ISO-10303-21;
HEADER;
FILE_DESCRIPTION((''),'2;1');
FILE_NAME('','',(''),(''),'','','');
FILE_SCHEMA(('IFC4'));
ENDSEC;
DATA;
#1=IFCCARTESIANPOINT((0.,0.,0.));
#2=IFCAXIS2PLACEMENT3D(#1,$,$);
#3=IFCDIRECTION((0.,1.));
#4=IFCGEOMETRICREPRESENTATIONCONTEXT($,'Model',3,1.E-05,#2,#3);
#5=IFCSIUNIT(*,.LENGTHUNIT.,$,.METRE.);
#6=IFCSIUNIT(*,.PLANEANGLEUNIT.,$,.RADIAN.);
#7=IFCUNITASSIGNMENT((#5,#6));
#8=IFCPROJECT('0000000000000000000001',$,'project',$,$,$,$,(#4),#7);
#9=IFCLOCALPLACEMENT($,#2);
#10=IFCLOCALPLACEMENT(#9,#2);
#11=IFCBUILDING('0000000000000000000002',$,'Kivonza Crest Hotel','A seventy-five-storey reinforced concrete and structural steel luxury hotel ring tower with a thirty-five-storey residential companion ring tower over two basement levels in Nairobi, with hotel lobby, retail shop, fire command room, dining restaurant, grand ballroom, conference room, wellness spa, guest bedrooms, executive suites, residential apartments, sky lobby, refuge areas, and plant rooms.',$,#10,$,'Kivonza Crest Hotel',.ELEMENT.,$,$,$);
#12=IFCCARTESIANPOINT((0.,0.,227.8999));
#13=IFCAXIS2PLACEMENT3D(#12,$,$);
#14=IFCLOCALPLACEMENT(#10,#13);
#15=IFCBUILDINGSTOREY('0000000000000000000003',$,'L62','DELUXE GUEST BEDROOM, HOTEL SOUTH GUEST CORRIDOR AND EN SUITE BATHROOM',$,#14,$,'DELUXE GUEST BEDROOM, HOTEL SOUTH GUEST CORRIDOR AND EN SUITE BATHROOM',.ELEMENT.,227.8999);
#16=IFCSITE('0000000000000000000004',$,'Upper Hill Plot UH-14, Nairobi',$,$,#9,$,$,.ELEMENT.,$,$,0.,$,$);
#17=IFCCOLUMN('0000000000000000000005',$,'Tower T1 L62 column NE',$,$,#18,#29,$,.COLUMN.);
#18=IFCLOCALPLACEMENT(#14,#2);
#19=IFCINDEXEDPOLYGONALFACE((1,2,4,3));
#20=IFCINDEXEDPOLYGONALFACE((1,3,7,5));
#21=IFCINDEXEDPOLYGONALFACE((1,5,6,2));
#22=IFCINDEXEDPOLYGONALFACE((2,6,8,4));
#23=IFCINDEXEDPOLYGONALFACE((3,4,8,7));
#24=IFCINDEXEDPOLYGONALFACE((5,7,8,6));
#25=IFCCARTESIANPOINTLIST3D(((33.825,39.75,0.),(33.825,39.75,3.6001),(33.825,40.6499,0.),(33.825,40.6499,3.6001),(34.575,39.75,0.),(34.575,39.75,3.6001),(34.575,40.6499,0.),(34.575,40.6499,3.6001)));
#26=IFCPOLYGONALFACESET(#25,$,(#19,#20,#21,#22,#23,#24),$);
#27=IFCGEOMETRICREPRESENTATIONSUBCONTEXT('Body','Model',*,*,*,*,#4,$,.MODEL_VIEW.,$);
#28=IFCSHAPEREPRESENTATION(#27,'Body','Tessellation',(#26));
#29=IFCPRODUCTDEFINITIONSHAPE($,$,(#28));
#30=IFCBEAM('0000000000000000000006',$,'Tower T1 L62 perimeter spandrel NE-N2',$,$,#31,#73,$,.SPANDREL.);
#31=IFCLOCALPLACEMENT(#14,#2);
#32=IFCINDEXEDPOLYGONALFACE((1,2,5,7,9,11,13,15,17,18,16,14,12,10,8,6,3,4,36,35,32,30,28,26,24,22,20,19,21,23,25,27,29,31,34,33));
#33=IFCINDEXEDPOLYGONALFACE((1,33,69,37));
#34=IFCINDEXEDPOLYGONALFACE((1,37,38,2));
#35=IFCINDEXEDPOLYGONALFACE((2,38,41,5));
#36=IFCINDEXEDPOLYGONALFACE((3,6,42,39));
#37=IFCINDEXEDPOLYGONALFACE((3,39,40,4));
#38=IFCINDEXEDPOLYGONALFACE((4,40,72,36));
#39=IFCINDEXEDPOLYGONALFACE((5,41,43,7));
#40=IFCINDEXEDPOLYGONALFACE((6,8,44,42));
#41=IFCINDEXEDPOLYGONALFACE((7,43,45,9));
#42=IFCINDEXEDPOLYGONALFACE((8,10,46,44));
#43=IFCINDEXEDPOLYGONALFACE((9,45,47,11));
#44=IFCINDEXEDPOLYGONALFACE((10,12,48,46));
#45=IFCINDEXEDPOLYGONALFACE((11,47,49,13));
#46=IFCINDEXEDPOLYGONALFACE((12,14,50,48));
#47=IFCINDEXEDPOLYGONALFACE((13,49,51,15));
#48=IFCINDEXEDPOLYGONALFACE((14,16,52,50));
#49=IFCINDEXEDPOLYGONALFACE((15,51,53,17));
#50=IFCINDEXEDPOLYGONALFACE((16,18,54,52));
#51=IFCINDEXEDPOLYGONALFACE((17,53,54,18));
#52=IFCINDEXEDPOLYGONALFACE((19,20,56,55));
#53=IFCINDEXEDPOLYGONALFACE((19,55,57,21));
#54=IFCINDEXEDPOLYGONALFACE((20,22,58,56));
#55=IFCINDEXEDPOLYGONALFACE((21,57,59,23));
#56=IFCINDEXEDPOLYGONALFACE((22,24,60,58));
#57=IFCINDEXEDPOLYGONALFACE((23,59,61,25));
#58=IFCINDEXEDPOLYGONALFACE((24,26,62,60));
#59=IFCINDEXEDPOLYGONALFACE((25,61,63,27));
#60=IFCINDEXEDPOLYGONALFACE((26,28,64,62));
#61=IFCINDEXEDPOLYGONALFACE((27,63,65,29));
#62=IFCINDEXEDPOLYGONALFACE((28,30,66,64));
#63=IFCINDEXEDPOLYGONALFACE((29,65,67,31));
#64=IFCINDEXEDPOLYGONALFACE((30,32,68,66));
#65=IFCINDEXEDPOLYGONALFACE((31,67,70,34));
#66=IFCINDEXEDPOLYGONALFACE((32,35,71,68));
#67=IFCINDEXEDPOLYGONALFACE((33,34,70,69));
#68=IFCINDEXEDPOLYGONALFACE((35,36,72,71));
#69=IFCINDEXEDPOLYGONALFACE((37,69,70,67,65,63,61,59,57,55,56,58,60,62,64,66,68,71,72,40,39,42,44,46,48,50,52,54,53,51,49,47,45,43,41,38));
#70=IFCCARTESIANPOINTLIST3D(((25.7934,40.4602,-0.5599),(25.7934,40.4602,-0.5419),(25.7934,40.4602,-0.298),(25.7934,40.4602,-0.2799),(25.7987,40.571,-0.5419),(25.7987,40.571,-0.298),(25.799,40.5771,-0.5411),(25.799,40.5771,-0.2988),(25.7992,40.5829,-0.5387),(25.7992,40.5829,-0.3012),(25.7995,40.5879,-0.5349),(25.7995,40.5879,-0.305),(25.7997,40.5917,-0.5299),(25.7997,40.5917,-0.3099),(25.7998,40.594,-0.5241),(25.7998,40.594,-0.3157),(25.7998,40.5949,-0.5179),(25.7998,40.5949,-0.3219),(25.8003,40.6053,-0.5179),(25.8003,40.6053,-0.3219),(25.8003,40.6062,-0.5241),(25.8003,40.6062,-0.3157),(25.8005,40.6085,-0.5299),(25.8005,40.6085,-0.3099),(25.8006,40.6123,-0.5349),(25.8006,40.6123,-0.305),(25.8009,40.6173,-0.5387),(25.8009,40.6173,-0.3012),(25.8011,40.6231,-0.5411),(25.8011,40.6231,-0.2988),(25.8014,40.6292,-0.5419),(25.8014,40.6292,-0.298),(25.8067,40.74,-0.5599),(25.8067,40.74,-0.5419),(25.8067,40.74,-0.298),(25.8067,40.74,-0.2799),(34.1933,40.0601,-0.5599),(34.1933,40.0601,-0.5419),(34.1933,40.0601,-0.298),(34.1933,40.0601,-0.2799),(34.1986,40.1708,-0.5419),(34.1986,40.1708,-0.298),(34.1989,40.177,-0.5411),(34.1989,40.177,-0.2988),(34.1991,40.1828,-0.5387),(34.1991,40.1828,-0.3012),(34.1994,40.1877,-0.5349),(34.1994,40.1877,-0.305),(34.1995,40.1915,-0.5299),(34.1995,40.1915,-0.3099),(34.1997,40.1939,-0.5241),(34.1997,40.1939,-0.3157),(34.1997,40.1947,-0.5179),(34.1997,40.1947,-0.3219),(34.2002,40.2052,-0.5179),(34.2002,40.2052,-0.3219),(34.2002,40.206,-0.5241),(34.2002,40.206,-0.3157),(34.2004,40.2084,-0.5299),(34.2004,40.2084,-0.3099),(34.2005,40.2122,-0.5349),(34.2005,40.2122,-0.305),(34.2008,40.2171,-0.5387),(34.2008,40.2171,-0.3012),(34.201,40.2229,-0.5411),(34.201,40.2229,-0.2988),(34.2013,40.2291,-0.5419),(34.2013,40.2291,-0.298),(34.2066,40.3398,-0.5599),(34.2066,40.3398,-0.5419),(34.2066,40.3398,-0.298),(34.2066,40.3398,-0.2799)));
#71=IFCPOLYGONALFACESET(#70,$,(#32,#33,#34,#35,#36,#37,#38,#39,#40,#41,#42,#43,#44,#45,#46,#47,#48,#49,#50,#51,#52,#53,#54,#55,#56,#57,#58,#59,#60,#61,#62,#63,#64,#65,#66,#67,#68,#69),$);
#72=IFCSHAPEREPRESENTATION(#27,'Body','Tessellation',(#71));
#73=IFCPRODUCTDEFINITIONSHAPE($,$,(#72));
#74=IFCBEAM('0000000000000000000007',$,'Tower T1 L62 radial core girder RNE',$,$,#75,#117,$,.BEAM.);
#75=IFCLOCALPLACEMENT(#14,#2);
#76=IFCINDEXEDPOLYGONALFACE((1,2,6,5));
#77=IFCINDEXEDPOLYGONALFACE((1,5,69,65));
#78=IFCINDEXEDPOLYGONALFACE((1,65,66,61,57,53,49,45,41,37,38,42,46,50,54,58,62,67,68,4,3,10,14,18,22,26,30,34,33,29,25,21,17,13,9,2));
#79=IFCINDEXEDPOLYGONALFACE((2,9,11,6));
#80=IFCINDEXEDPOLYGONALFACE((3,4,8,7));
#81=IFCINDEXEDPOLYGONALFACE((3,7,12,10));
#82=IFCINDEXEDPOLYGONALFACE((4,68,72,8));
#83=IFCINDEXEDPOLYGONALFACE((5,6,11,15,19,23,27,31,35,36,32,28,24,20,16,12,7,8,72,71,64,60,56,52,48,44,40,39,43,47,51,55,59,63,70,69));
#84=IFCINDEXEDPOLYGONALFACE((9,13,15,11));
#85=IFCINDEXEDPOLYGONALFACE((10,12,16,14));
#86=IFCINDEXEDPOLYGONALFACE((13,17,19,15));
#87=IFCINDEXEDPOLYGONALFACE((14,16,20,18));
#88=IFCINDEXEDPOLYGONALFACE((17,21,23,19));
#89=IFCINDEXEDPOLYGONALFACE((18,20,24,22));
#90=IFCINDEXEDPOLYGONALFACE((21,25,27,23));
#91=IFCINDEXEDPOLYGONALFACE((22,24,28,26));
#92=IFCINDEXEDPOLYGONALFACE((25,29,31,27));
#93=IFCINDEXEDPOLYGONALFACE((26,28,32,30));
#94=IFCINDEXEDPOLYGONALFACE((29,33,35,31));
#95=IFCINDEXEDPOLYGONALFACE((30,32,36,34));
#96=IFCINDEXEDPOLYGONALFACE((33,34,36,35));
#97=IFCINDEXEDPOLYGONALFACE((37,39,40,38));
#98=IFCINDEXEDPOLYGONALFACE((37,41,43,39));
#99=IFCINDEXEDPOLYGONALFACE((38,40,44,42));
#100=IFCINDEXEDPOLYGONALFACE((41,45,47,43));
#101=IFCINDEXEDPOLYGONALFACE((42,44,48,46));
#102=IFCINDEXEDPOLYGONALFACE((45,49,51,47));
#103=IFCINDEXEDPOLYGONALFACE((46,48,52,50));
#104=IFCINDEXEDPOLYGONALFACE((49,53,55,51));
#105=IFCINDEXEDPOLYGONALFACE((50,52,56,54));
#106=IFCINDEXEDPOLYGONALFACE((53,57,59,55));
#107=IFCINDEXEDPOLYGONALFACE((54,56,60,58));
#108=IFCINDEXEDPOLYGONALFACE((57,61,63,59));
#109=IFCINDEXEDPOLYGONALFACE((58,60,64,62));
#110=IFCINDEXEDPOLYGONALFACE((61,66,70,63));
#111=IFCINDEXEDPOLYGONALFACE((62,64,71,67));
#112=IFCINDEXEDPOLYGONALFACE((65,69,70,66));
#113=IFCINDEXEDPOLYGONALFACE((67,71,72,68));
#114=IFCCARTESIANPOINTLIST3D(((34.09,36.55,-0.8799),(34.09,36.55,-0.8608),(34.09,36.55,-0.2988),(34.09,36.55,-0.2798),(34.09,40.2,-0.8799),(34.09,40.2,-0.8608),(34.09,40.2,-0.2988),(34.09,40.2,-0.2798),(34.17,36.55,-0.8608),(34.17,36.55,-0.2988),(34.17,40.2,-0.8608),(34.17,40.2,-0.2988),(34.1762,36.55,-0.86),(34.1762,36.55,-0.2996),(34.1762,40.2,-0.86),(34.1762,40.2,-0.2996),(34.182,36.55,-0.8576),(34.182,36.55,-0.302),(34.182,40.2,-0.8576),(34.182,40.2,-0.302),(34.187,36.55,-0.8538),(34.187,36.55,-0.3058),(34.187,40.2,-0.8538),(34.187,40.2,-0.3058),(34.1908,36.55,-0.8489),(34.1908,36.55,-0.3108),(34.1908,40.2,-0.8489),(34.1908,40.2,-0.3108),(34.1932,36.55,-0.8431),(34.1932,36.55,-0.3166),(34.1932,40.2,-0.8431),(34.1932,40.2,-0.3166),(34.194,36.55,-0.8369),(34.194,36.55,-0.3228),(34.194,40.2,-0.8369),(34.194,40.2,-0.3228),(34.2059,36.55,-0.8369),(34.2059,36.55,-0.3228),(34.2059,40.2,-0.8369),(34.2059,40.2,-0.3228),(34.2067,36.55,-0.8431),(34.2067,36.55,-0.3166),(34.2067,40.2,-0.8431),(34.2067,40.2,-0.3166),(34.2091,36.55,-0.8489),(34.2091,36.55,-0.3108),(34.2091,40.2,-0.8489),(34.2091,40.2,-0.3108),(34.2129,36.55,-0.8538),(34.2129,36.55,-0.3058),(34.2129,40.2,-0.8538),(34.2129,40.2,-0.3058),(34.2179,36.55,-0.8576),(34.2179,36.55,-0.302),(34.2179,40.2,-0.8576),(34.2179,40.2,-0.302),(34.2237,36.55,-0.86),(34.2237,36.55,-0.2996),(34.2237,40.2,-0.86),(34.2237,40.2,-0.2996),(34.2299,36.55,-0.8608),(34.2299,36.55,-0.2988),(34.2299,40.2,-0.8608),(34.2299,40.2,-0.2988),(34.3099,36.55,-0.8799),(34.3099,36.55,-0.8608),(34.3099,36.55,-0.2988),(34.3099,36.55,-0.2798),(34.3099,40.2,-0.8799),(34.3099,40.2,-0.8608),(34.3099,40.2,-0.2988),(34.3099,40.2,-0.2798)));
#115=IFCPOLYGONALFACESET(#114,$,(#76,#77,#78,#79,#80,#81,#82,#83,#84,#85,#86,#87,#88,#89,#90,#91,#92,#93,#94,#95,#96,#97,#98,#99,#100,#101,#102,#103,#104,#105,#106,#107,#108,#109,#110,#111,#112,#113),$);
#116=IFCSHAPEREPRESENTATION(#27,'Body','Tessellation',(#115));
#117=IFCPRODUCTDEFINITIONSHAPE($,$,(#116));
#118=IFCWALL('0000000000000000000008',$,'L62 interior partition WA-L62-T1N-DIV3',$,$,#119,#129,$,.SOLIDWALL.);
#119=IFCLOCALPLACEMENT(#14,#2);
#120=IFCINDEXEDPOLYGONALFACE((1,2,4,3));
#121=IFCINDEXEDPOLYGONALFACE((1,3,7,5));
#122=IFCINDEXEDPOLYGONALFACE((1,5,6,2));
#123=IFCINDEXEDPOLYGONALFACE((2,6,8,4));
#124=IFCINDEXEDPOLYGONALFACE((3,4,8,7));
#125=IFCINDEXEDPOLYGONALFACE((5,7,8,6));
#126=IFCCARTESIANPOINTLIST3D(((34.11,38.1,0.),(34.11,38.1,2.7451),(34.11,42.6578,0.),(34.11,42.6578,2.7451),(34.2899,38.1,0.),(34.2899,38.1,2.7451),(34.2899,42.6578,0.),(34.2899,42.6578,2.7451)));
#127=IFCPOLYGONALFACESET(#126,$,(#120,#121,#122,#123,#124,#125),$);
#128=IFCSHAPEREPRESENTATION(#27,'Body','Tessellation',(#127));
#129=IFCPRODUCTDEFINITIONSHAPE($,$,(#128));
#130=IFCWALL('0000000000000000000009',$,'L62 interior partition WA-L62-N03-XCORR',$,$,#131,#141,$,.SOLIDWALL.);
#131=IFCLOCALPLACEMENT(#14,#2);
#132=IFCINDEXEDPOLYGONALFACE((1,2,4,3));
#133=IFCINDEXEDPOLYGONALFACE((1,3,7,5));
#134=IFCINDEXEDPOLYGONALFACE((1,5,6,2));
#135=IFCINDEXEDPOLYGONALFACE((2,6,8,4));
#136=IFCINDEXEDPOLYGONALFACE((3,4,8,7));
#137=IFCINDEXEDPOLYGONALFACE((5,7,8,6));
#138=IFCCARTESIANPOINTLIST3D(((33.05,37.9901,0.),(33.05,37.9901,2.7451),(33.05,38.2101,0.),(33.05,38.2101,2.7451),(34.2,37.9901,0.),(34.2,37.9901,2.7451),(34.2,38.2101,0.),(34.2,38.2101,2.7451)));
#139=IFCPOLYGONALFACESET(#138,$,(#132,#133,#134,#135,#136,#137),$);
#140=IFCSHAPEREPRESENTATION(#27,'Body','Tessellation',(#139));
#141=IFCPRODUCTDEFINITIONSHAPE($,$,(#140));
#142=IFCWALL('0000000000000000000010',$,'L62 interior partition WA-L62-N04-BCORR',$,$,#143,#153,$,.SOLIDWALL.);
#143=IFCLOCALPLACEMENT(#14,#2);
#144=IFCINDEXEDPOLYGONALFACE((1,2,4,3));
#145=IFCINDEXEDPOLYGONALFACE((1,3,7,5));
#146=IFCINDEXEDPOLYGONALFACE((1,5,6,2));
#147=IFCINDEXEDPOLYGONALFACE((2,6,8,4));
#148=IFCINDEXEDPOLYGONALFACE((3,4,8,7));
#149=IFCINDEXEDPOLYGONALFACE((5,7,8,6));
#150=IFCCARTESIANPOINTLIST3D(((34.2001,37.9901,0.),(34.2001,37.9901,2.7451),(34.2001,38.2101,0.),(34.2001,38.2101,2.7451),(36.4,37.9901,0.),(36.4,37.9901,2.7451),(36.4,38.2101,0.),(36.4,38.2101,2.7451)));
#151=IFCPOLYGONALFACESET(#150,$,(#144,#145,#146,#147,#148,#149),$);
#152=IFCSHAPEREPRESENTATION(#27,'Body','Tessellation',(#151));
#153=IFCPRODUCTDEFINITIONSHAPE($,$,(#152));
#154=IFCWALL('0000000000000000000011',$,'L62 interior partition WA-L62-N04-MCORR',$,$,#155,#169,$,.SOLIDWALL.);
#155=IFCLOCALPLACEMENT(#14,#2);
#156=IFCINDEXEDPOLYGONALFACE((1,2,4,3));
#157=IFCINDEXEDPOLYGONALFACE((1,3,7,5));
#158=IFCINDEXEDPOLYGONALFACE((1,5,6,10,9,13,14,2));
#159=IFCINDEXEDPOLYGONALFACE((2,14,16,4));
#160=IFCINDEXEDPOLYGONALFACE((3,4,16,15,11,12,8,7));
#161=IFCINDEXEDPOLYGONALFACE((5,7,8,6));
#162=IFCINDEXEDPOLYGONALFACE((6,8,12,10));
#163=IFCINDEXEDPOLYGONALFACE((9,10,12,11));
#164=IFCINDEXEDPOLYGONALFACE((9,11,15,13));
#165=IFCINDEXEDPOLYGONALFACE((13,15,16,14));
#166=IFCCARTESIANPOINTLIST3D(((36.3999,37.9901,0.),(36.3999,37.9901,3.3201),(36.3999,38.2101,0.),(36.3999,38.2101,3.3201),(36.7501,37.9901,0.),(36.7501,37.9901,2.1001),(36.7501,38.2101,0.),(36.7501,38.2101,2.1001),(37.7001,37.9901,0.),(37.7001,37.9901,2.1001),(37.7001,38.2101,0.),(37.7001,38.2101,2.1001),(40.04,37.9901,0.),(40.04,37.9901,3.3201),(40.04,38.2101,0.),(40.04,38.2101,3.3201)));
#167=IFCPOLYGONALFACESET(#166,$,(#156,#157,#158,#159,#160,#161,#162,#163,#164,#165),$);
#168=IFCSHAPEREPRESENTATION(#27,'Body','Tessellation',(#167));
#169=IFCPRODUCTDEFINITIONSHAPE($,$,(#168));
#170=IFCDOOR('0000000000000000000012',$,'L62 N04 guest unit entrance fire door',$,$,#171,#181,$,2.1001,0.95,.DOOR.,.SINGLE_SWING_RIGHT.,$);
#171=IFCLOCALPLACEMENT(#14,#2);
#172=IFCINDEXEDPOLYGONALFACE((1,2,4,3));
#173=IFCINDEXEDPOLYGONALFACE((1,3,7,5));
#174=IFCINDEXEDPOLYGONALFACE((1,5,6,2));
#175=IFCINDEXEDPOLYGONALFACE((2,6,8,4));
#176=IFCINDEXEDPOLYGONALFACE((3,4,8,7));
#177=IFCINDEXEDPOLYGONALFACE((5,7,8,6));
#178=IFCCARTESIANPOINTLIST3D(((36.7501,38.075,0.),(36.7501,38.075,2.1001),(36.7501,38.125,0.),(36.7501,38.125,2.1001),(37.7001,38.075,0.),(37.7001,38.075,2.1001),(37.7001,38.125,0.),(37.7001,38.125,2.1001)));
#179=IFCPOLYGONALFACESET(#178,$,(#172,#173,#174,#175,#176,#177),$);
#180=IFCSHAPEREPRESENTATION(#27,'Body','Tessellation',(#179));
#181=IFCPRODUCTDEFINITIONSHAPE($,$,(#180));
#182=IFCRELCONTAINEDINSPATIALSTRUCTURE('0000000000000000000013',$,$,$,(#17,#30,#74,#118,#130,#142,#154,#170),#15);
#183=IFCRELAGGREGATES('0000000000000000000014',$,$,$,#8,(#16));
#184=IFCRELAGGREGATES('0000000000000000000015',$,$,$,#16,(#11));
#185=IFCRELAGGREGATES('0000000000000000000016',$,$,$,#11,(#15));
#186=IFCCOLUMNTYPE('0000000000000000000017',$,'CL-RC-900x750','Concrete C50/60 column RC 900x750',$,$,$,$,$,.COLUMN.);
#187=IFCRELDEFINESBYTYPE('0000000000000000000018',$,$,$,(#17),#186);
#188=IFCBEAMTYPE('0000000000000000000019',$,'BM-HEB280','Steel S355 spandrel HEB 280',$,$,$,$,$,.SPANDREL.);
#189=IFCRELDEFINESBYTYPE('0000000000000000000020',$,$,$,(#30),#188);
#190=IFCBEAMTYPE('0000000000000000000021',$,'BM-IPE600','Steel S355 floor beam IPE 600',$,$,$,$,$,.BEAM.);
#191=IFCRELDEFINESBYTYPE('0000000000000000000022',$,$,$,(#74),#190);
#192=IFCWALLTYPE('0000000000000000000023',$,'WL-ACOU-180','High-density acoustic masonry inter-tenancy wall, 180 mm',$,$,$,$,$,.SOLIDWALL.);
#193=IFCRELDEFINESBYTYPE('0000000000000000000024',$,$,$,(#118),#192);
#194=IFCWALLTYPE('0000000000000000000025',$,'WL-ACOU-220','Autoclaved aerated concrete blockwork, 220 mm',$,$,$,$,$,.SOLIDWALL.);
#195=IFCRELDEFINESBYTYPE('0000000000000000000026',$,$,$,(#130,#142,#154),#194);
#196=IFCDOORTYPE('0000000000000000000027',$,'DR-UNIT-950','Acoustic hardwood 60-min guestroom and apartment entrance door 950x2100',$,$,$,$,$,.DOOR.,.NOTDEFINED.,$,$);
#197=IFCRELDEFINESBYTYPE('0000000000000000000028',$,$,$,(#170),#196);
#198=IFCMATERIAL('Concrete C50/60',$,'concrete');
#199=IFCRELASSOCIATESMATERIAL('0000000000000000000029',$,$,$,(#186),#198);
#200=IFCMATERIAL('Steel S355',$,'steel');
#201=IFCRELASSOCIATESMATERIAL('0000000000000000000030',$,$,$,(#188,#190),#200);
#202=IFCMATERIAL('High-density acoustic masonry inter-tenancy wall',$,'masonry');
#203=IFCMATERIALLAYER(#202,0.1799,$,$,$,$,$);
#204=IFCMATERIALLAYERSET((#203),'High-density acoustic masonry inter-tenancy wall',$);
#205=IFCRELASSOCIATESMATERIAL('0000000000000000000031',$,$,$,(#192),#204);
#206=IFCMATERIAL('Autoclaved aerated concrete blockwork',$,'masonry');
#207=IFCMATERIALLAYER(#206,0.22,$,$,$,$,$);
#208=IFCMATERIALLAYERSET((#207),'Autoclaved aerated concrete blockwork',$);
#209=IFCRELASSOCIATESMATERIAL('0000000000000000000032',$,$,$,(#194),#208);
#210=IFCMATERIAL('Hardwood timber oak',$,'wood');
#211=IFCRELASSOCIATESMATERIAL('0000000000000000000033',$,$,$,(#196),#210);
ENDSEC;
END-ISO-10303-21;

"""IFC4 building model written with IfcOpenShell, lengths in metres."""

from ifc_helpers import new_model, si_unit, direction, frame, frame_2d, origin, origin_2d, place, context, subcontext, project, spatial, rectangle, i_section, extrude, material, layer, layer_set, material_profile, profile_set, type_object, element, fill, save


model = new_model("IFC4")

# Units and contexts
model_context = context("Model", 3, precision=1e-05, world=origin(), true_north=direction((0.0, 1.0)))
body_context = subcontext(model_context, "Body", "Model", "MODEL_VIEW")
ifc_project = project(units=[si_unit("LENGTHUNIT", "METRE"), si_unit("PLANEANGLEUNIT", "RADIAN")], contexts=[model_context])

# Site, building, storey
site_placement = place(None, origin())
site = spatial("IfcSite", under=ifc_project, at=site_placement, Name="Upper Hill Plot UH-14, Nairobi", CompositionType="ELEMENT", RefElevation=0.0)
building_placement = place(site_placement, origin())
building = spatial("IfcBuilding", under=site, at=building_placement, Name="Kivonza Crest Hotel", Description="A seventy-five-storey reinforced concrete and structural steel luxury hotel ring tower with a thirty-five-storey residential companion ring tower over two basement levels in Nairobi, with hotel lobby, retail shop, fire command room, dining restaurant, grand ballroom, conference room, wellness spa, guest bedrooms, executive suites, residential apartments, sky lobby, refuge areas, and plant rooms.", LongName="Kivonza Crest Hotel", CompositionType="ELEMENT")
storey_placement = place(building_placement, frame((0.0, 0.0, 227.8999)))
storey = spatial("IfcBuildingStorey", under=building, at=storey_placement, Name="L62", Description="DELUXE GUEST BEDROOM, HOTEL SOUTH GUEST CORRIDOR AND EN SUITE BATHROOM", LongName="DELUXE GUEST BEDROOM, HOTEL SOUTH GUEST CORRIDOR AND EN SUITE BATHROOM", CompositionType="ELEMENT", Elevation=227.8999)

# Column
ifc_material_1 = material(Name="Concrete C50/60", Category="concrete")
ifc_material_profile_1 = material_profile(ifc_material_1, rectangle(XDim=0.75, YDim=0.8999, at=origin_2d()), Name="RC 900x750")
ifc_profile_set_1 = profile_set([ifc_material_profile_1], Name="Concrete C50/60")
column_type = type_object("IfcColumnType", Name="CL-RC-900x750", Description="Concrete C50/60 column RC 900x750", PredefinedType="COLUMN", material=ifc_profile_set_1)
column_placement = place(storey_placement, frame((34.2, 40.2, 0.0), z_axis=(0.0, 0.0, 1.0), x_axis=(1.0, 0.0, 0.0)))
element("IfcColumn", 1, at=column_placement, inside=storey, type_object=column_type, Name="Tower T1 L62 column NE", PredefinedType="COLUMN", context=body_context, shape_type="SweptSolid", body=[
    extrude(rectangle(XDim=0.75, YDim=0.8999, at=origin_2d()), origin(), (0.0, 0.0, 1.0), 3.6001),
])

# Beams
ifc_material_2 = material(Name="Steel S355", Category="steel")
ifc_material_profile_2 = material_profile(ifc_material_2, i_section(OverallWidth=0.28, OverallDepth=0.28, WebThickness=0.0105, FlangeThickness=0.0181, FilletRadius=0.0239, at=origin_2d()), Name="HEB 280")
ifc_profile_set_2 = profile_set([ifc_material_profile_2], Name="Steel S355")
beam_type_1 = type_object("IfcBeamType", Name="BM-HEB280", Description="Steel S355 spandrel HEB 280", PredefinedType="SPANDREL", material=ifc_profile_set_2)
beam_1_placement = place(storey_placement, frame((34.2, 40.2, -0.4199), z_axis=(-0.998867, 0.047583, 0.0), x_axis=(-0.047583, -0.998867, 0.0)))
element("IfcBeam", 2, at=beam_1_placement, inside=storey, type_object=beam_type_1, Name="Tower T1 L62 perimeter spandrel NE-N2", PredefinedType="SPANDREL", context=body_context, shape_type="SweptSolid", body=[
    extrude(i_section(OverallWidth=0.28, OverallDepth=0.28, WebThickness=0.0105, FlangeThickness=0.0181, FilletRadius=0.0239, at=origin_2d()), origin(), (0.0, 0.0, 1.0), 8.4094),
])
ifc_material_profile_3 = material_profile(ifc_material_2, i_section(OverallWidth=0.22, OverallDepth=0.6001, WebThickness=0.012, FlangeThickness=0.019, FilletRadius=0.0239, at=origin_2d()), Name="IPE 600")
ifc_profile_set_3 = profile_set([ifc_material_profile_3], Name="Steel S355")
beam_type_2 = type_object("IfcBeamType", Name="BM-IPE600", Description="Steel S355 floor beam IPE 600", PredefinedType="BEAM", material=ifc_profile_set_3)
beam_2_placement = place(storey_placement, frame((34.2, 40.2, -0.5798), z_axis=(0.0, -1.0, 0.0), x_axis=(1.0, 0.0, 0.0)))
element("IfcBeam", 3, at=beam_2_placement, inside=storey, type_object=beam_type_2, Name="Tower T1 L62 radial core girder RNE", PredefinedType="BEAM", context=body_context, shape_type="SweptSolid", body=[
    extrude(i_section(OverallWidth=0.22, OverallDepth=0.6001, WebThickness=0.012, FlangeThickness=0.019, FilletRadius=0.0239, at=origin_2d()), origin(), (0.0, 0.0, 1.0), 3.6499),
])

# Walls
ifc_material_3 = material(Name="High-density acoustic masonry inter-tenancy wall", Category="masonry")
ifc_layer_1 = layer(ifc_material_3, 0.1799)
ifc_layer_set_1 = layer_set([ifc_layer_1], Name="High-density acoustic masonry inter-tenancy wall")
wall_type_1 = type_object("IfcWallType", Name="WL-ACOU-180", Description="High-density acoustic masonry inter-tenancy wall, 180 mm", PredefinedType="SOLIDWALL", material=ifc_layer_set_1)
wall_1_placement = place(storey_placement, frame((34.2, 38.1001, 0.0), z_axis=(0.0, 0.0, 1.0), x_axis=(0.0, 1.0, 0.0)))
element("IfcWall", 4, at=wall_1_placement, inside=storey, type_object=wall_type_1, Name="L62 interior partition WA-L62-T1N-DIV3", PredefinedType="SOLIDWALL", context=body_context, shape_type="SweptSolid", body=[
    extrude(rectangle(XDim=4.5579, YDim=0.1799, at=frame_2d((2.2788, 0.0))), origin(), (0.0, 0.0, 1.0), 2.7451),
])
ifc_material_4 = material(Name="Autoclaved aerated concrete blockwork", Category="masonry")
ifc_layer_2 = layer(ifc_material_4, 0.22)
ifc_layer_set_2 = layer_set([ifc_layer_2], Name="Autoclaved aerated concrete blockwork")
wall_type_2 = type_object("IfcWallType", Name="WL-ACOU-220", Description="Autoclaved aerated concrete blockwork, 220 mm", PredefinedType="SOLIDWALL", material=ifc_layer_set_2)
wall_2_placement = place(storey_placement, frame((33.05, 38.1001, 0.0), z_axis=(0.0, 0.0, 1.0), x_axis=(1.0, 0.0, 0.0)))
element("IfcWall", 5, at=wall_2_placement, inside=storey, type_object=wall_type_2, Name="L62 interior partition WA-L62-N03-XCORR", PredefinedType="SOLIDWALL", context=body_context, shape_type="SweptSolid", body=[
    extrude(rectangle(XDim=1.1499, YDim=0.22, at=frame_2d((0.575, 0.0))), origin(), (0.0, 0.0, 1.0), 2.7451),
])
wall_3_placement = place(storey_placement, frame((34.2, 38.1001, 0.0), z_axis=(0.0, 0.0, 1.0), x_axis=(1.0, 0.0, 0.0)))
element("IfcWall", 6, at=wall_3_placement, inside=storey, type_object=wall_type_2, Name="L62 interior partition WA-L62-N04-BCORR", PredefinedType="SOLIDWALL", context=body_context, shape_type="SweptSolid", body=[
    extrude(rectangle(XDim=2.2, YDim=0.22, at=frame_2d((1.1001, 0.0))), origin(), (0.0, 0.0, 1.0), 2.7451),
])

# Wall, opening, door
wall_4_placement = place(storey_placement, frame((36.3999, 38.1001, 0.0), z_axis=(0.0, 0.0, 1.0), x_axis=(1.0, 0.0, 0.0)))
wall_4 = element("IfcWall", 7, at=wall_4_placement, inside=storey, type_object=wall_type_2, Name="L62 interior partition WA-L62-N04-MCORR", PredefinedType="SOLIDWALL", context=body_context, shape_type="SweptSolid", body=[
    extrude(rectangle(XDim=3.6401, YDim=0.22, at=frame_2d((1.8201, 0.0))), origin(), (0.0, 0.0, 1.0), 3.3201),
])
opening_1_placement = place(wall_4_placement, frame((0.3501, 0.0, 0.0)))
opening_1 = element("IfcOpeningElement", 8, at=opening_1_placement, cuts=wall_4, PredefinedType="OPENING", context=body_context, shape_type="SweptSolid", body=[
    extrude(rectangle(XDim=0.95, YDim=2.1001, at=frame_2d((0.4751, 1.05))), frame((0.0, 0.1201, 0.0), z_axis=(0.0, -1.0, 0.0), x_axis=(1.0, 0.0, 0.0)), (0.0, 0.0, 1.0), 0.24),
])
ifc_material_5 = material(Name="Hardwood timber oak", Category="wood")
door_type_1 = type_object("IfcDoorType", Name="DR-UNIT-950", Description="Acoustic hardwood 60-min guestroom and apartment entrance door 950x2100", OperationType="NOTDEFINED", PredefinedType="DOOR", material=ifc_material_5)
door_1_placement = place(opening_1_placement, origin())
door_1 = element("IfcDoor", 9, at=door_1_placement, inside=storey, type_object=door_type_1, Name="L62 N04 guest unit entrance fire door", OperationType="SINGLE_SWING_RIGHT", OverallHeight=2.1001, OverallWidth=0.95, PredefinedType="DOOR", context=body_context, shape_type="SweptSolid", body=[
    extrude(rectangle(XDim=0.95, YDim=2.1001, at=frame_2d((0.4751, 1.05))), frame((0.0, 0.0249, 0.0), z_axis=(0.0, -1.0, 0.0), x_axis=(1.0, 0.0, 0.0)), (0.0, 0.0, 1.0), 0.05),
])
fill(opening_1, door_1)

save(model, "model.ifc")
